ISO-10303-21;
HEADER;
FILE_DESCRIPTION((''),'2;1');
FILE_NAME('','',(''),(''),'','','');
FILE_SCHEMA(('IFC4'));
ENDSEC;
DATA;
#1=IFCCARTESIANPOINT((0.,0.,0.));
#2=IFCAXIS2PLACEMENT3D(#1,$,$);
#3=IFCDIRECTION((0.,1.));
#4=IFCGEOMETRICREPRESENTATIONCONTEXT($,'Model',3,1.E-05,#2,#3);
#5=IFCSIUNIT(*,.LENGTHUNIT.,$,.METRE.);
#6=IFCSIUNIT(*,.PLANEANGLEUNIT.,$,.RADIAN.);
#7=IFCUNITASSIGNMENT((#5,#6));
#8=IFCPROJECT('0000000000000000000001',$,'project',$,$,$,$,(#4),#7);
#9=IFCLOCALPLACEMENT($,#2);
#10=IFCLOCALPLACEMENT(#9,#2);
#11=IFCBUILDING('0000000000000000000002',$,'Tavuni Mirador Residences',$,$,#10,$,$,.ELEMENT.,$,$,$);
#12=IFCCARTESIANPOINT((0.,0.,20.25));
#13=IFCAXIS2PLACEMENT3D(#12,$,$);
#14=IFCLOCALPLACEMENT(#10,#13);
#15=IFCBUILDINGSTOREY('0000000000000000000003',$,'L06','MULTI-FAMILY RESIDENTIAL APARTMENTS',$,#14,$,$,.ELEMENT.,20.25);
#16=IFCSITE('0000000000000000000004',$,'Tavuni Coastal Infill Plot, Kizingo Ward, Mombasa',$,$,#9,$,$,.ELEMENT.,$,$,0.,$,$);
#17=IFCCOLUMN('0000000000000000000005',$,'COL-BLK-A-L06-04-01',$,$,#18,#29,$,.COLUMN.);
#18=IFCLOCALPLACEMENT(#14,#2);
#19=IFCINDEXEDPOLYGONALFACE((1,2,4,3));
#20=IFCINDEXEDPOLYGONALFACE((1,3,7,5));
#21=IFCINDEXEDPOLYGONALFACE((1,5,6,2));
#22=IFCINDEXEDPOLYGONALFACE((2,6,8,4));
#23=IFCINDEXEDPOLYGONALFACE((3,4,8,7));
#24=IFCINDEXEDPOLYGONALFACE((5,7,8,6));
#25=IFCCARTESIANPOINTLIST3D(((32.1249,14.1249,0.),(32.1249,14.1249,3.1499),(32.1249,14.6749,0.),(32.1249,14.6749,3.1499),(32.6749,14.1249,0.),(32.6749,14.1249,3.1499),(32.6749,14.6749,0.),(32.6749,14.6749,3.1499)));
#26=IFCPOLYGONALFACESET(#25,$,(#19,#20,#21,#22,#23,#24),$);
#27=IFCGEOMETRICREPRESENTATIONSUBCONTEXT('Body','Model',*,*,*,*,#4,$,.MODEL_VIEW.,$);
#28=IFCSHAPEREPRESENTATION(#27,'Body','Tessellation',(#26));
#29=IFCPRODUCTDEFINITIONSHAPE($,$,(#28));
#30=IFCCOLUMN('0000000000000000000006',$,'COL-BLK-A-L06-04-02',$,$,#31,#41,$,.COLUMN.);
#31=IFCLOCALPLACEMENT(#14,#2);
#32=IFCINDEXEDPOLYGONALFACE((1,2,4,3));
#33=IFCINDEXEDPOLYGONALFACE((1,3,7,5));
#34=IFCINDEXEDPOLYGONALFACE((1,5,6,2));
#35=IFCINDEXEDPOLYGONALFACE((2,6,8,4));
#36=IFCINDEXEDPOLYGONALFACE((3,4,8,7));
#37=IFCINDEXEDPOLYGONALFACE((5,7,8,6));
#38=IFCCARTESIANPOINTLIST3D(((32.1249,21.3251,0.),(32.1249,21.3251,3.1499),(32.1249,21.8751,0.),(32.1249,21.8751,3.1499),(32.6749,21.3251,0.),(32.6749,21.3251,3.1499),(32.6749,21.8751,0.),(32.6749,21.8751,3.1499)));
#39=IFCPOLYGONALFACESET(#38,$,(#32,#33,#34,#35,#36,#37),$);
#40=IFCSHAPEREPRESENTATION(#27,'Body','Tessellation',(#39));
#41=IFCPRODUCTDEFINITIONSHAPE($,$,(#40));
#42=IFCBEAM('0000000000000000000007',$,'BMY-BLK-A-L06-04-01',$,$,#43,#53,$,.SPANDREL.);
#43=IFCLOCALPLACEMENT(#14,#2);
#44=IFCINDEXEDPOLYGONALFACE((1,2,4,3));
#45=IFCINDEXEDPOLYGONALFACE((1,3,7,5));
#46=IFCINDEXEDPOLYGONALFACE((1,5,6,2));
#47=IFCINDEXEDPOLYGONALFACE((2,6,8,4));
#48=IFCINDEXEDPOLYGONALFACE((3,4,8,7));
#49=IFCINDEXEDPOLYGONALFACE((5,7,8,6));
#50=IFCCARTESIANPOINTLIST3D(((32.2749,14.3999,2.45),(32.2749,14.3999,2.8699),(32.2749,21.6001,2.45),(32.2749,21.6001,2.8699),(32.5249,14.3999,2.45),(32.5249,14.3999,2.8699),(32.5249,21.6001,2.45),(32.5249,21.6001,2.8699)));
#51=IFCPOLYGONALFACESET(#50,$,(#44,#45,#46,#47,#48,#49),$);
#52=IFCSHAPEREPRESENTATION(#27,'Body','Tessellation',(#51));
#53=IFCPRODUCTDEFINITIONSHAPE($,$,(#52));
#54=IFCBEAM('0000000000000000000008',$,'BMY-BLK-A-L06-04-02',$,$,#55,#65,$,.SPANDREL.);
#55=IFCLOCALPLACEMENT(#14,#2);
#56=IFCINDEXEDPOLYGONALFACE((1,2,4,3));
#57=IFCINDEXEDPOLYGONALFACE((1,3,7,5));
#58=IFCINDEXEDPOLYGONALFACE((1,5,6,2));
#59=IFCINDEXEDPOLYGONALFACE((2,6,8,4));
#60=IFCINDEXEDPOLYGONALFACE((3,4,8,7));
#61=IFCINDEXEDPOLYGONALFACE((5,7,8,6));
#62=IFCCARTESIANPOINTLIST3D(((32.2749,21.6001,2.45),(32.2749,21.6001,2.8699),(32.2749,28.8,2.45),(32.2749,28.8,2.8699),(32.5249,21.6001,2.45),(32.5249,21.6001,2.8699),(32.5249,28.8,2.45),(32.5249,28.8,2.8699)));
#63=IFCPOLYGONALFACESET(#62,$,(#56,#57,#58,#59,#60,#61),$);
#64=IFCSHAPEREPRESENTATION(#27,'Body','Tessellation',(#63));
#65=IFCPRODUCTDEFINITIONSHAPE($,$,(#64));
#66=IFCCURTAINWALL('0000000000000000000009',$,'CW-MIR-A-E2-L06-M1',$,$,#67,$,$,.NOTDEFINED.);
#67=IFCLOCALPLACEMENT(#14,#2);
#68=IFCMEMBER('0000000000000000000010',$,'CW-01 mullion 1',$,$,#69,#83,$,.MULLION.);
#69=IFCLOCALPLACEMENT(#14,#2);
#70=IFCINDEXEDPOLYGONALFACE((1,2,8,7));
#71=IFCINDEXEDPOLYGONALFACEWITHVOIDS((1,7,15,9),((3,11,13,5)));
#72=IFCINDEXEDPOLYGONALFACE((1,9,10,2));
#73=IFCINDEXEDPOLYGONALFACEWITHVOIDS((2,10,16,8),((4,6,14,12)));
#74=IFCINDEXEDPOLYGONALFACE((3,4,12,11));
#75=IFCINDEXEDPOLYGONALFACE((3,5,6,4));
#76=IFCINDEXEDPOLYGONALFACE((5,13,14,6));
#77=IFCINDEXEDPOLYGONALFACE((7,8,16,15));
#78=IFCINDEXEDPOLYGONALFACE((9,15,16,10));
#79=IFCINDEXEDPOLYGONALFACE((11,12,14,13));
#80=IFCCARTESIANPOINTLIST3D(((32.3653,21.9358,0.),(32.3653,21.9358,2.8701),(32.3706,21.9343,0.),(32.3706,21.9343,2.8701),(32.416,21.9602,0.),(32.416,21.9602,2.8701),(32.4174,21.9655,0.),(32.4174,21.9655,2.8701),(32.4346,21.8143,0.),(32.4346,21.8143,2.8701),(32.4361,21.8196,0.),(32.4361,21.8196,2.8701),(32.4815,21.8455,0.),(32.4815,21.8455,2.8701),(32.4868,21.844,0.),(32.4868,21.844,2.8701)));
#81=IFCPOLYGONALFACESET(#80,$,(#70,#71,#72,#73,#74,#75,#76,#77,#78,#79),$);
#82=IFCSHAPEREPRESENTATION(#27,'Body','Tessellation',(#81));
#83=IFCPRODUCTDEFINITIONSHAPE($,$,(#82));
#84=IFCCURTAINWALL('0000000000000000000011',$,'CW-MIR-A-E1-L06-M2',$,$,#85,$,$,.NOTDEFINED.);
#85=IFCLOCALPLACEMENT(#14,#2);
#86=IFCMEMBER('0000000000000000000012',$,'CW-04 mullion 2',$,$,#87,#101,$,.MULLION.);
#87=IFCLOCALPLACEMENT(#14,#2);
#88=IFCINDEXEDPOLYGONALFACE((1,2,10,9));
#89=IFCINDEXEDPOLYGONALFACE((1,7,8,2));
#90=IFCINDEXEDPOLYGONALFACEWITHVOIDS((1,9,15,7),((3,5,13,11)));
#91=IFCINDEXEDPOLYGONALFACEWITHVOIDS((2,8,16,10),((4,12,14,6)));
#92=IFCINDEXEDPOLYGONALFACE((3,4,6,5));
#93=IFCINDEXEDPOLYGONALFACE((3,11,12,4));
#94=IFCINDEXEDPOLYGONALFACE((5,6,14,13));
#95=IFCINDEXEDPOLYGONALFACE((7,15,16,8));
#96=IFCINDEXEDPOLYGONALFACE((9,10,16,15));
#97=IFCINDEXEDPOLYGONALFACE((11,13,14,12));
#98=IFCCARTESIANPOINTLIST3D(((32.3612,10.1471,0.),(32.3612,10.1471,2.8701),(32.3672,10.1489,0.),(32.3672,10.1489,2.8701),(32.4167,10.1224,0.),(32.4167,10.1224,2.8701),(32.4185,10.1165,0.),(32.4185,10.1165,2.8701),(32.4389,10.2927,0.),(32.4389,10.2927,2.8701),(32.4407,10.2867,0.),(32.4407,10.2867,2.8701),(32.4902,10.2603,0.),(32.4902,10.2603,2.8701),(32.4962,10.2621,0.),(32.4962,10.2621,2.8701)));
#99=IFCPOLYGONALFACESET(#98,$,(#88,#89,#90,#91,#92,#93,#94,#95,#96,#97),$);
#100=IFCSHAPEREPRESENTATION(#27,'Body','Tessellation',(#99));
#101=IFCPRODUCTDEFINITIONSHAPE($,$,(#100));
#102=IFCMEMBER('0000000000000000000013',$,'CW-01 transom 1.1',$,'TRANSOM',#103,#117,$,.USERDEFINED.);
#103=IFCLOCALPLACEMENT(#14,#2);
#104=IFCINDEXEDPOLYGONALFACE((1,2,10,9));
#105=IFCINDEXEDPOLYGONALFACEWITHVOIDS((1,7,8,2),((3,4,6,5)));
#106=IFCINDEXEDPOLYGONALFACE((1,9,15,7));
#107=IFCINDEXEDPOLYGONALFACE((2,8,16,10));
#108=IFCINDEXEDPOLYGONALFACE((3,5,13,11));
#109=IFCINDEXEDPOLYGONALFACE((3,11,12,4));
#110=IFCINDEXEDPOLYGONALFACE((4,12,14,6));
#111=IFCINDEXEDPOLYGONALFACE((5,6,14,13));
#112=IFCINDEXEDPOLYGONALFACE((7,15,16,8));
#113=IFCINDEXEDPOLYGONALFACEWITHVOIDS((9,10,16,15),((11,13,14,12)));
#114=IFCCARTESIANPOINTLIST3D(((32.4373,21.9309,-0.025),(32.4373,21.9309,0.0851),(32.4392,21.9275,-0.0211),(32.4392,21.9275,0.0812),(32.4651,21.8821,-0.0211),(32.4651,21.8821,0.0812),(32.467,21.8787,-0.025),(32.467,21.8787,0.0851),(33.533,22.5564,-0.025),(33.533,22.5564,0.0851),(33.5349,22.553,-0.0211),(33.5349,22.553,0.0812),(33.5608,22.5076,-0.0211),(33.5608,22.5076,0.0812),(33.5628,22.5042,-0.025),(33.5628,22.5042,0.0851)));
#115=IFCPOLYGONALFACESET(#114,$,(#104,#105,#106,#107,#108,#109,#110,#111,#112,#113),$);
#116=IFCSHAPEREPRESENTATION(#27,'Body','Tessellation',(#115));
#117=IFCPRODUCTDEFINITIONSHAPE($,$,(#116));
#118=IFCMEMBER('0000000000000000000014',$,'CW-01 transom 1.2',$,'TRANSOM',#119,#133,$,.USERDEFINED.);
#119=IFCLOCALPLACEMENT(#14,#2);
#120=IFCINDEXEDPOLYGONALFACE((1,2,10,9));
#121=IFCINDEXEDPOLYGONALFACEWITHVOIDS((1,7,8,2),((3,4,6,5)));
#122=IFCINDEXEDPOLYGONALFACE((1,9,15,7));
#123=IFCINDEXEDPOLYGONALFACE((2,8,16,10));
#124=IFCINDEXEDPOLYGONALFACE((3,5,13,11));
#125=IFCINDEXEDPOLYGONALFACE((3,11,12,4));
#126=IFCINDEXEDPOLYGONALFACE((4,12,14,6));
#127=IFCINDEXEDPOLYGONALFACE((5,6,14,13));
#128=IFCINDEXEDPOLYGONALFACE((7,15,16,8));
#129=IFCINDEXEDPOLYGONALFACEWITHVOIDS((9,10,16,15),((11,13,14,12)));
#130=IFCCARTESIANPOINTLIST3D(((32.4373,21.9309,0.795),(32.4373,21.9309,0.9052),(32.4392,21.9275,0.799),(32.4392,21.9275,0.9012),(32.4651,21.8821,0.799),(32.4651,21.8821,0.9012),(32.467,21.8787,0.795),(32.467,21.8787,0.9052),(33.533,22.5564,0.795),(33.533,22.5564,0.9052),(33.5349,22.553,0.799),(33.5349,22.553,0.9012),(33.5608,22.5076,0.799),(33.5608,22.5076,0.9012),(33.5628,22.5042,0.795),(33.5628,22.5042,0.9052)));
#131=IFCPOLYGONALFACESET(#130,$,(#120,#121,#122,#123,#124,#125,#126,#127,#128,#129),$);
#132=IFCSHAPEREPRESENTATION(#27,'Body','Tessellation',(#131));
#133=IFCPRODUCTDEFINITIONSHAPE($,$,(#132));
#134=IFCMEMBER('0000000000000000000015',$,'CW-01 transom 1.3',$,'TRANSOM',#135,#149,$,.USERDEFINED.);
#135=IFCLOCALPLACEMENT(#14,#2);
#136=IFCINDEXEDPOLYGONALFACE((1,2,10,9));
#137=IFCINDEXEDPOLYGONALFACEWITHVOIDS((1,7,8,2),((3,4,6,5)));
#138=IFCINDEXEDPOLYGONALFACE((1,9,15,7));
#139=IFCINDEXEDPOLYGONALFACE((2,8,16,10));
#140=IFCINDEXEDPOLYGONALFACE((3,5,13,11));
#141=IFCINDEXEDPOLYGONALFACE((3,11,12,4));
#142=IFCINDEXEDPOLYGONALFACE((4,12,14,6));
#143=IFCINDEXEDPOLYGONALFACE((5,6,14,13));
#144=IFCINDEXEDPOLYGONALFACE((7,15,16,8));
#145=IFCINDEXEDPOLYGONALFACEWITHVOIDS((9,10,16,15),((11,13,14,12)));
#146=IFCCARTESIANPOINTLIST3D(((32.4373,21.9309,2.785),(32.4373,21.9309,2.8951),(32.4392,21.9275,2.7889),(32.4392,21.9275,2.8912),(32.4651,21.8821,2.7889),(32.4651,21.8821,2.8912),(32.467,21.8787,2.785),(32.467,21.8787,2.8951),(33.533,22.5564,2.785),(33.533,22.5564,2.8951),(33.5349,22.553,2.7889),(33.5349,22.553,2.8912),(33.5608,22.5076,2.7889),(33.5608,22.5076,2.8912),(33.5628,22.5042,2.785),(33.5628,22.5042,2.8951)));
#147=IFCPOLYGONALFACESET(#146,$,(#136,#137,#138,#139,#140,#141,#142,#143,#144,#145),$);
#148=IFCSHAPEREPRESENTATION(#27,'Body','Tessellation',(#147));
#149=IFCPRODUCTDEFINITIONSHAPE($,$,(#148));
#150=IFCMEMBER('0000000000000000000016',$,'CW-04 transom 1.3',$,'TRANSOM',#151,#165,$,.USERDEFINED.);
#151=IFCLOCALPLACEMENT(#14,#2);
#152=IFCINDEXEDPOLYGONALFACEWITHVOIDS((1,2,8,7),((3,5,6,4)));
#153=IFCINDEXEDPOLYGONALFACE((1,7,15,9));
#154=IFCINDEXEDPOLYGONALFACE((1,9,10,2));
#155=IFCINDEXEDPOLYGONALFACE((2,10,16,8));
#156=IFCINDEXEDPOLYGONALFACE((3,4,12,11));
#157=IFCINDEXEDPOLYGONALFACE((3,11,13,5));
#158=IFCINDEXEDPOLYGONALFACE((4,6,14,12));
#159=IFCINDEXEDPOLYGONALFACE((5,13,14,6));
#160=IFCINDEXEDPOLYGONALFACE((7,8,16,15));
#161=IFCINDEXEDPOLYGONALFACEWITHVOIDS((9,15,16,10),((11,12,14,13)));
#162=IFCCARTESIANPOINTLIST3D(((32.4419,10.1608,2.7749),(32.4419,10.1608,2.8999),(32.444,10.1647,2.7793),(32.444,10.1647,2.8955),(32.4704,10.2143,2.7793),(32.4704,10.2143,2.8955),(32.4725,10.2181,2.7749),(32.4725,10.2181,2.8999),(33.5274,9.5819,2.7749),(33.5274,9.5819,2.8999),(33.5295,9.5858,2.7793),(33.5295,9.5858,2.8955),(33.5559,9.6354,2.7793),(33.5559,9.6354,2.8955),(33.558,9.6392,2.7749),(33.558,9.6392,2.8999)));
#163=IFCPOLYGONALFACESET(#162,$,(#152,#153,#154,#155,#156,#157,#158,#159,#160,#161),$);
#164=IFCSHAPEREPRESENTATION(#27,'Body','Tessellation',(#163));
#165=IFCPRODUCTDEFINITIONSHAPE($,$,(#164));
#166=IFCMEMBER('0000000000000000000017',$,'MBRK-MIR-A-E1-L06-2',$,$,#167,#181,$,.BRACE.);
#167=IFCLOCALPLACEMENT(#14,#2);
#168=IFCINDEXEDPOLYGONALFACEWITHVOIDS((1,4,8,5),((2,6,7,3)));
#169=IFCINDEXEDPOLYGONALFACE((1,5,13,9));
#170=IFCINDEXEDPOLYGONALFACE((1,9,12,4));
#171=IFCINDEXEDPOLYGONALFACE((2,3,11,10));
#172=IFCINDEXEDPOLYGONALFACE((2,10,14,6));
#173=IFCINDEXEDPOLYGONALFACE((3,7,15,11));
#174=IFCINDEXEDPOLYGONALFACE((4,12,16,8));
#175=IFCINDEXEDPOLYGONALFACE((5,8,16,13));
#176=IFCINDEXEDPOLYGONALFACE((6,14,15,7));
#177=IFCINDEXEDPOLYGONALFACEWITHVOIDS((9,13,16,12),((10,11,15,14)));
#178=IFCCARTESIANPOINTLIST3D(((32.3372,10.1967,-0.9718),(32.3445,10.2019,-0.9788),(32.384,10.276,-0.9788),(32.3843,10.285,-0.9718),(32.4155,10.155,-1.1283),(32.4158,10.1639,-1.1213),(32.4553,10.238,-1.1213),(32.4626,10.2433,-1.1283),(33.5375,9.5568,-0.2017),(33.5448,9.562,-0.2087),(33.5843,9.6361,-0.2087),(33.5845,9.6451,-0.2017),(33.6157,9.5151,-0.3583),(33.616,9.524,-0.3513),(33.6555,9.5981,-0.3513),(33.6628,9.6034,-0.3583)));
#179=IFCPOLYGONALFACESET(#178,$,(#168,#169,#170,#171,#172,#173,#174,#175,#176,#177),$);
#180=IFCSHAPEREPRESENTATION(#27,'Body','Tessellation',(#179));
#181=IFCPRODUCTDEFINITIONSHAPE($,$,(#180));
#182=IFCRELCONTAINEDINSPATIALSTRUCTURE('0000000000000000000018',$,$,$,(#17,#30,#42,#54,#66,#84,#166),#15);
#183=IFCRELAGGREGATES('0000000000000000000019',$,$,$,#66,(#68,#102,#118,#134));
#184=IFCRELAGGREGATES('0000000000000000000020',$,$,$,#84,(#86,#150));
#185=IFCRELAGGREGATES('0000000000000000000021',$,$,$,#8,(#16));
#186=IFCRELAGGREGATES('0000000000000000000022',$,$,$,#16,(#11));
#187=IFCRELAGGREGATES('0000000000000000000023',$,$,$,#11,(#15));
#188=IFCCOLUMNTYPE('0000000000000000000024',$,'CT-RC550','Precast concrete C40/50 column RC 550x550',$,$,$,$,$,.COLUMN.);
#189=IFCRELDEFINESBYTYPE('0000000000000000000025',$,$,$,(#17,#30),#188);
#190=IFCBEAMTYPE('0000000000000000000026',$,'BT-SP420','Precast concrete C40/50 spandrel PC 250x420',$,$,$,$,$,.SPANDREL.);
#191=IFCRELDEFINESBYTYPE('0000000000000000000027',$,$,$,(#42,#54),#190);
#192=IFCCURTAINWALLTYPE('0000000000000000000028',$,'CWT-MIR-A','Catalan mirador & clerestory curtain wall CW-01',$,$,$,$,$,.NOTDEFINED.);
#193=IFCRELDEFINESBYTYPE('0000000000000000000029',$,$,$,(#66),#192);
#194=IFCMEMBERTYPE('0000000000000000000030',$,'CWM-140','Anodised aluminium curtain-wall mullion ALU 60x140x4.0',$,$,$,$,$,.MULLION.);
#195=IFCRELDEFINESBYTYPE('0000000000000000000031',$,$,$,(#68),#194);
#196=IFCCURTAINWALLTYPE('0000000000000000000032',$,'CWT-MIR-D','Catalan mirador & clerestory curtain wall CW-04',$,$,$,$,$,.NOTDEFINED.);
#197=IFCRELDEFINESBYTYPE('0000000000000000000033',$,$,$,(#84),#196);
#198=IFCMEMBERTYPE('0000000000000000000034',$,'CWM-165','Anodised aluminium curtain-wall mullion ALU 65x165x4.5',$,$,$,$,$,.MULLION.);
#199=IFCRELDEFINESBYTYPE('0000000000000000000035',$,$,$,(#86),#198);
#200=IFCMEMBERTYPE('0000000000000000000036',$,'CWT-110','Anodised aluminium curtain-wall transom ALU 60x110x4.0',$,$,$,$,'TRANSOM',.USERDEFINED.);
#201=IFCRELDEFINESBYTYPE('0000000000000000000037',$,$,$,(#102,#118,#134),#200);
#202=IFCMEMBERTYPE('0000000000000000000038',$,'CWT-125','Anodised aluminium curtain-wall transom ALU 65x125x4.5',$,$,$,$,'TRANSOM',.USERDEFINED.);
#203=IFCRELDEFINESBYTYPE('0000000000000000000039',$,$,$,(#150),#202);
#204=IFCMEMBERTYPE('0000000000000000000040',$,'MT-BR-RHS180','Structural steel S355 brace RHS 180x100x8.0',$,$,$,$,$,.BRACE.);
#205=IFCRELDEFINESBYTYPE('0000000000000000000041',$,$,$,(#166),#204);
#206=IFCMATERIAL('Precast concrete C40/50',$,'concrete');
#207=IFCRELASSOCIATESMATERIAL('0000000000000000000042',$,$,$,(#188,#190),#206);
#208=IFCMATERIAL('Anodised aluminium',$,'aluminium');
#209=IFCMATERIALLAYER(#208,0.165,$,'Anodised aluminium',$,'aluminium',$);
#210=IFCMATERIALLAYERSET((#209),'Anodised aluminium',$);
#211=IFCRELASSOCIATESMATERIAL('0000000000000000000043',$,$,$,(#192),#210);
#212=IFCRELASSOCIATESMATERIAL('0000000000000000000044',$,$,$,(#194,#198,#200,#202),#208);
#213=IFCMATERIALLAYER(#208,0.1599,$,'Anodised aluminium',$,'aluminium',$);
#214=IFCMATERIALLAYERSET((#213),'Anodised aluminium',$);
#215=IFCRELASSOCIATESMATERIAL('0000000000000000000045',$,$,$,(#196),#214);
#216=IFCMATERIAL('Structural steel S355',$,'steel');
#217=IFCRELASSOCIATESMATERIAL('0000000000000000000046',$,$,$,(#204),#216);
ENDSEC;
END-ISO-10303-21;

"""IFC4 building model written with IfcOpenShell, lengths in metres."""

from ifc_helpers import new_model, si_unit, direction, frame, origin, origin_2d, place, context, subcontext, project, spatial, rectangle, hollow_rectangle, extrude, material, layer, layer_set, material_profile, profile_set, type_object, element, aggregate, save


model = new_model("IFC4")

# Units and contexts
model_context = context("Model", 3, precision=1e-05, world=origin(), true_north=direction((0.0, 1.0)))
body_context = subcontext(model_context, "Body", "Model", "MODEL_VIEW")
ifc_project = project(units=[si_unit("LENGTHUNIT", "METRE"), si_unit("PLANEANGLEUNIT", "RADIAN")], contexts=[model_context])

# Site, building, storey
site_placement = place(None, origin())
site = spatial("IfcSite", under=ifc_project, at=site_placement, Name="Tavuni Coastal Infill Plot, Kizingo Ward, Mombasa", CompositionType="ELEMENT", RefElevation=0.0)
building_placement = place(site_placement, origin())
building = spatial("IfcBuilding", under=site, at=building_placement, Name="Tavuni Mirador Residences", CompositionType="ELEMENT")
storey_placement = place(building_placement, frame((0.0, 0.0, 20.25)))
storey = spatial("IfcBuildingStorey", under=building, at=storey_placement, Name="L06", Description="MULTI-FAMILY RESIDENTIAL APARTMENTS", CompositionType="ELEMENT", Elevation=20.25)

# Columns
ifc_material_1 = material(Name="Precast concrete C40/50", Category="concrete")
ifc_material_profile_1 = material_profile(ifc_material_1, rectangle(XDim=0.55, YDim=0.55, at=origin_2d()), Name="RC 550x550", Category="concrete")
ifc_profile_set_1 = profile_set([ifc_material_profile_1], Name="Precast concrete C40/50")
column_type = type_object("IfcColumnType", Name="CT-RC550", Description="Precast concrete C40/50 column RC 550x550", PredefinedType="COLUMN", material=ifc_profile_set_1)
for number, where, z_axis, x_axis, name in (
    (1, (32.3999, 14.3999, 0.0), (0.0, 0.0, 1.0), (1.0, 0.0, 0.0), "COL-BLK-A-L06-04-01"),
    (2, (32.3999, 21.6001, 0.0), (0.0, 0.0, 1.0), (1.0, 0.0, 0.0), "COL-BLK-A-L06-04-02"),
):
    element("IfcColumn", number, at=place(storey_placement, frame(where, z_axis=z_axis, x_axis=x_axis)), inside=storey, type_object=column_type, Name=name, PredefinedType="COLUMN", context=body_context, shape_type="SweptSolid", body=[
        extrude(rectangle(XDim=0.55, YDim=0.55, at=origin_2d()), origin(), (0.0, 0.0, 1.0), 3.1499),
    ])

# Beams
ifc_material_profile_2 = material_profile(ifc_material_1, rectangle(XDim=0.25, YDim=0.4199, at=origin_2d()), Name="PC 250x420", Category="concrete")
ifc_profile_set_2 = profile_set([ifc_material_profile_2], Name="Precast concrete C40/50")
beam_type = type_object("IfcBeamType", Name="BT-SP420", Description="Precast concrete C40/50 spandrel PC 250x420", PredefinedType="SPANDREL", material=ifc_profile_set_2)
beam_1_placement = place(storey_placement, frame((32.3999, 14.3999, 2.6599), z_axis=(0.0, 1.0, 0.0), x_axis=(-1.0, 0.0, 0.0)))
element("IfcBeam", 3, at=beam_1_placement, inside=storey, type_object=beam_type, Name="BMY-BLK-A-L06-04-01", PredefinedType="SPANDREL", context=body_context, shape_type="SweptSolid", body=[
    extrude(rectangle(XDim=0.25, YDim=0.4199, at=origin_2d()), origin(), (0.0, 0.0, 1.0), 7.2002),
])
beam_2_placement = place(storey_placement, frame((32.3999, 21.6001, 2.6599), z_axis=(0.0, 1.0, 0.0), x_axis=(-1.0, 0.0, 0.0)))
element("IfcBeam", 4, at=beam_2_placement, inside=storey, type_object=beam_type, Name="BMY-BLK-A-L06-04-02", PredefinedType="SPANDREL", context=body_context, shape_type="SweptSolid", body=[
    extrude(rectangle(XDim=0.25, YDim=0.4199, at=origin_2d()), origin(), (0.0, 0.0, 1.0), 7.2),
])

# Curtain walls, members
ifc_material_2 = material(Name="Anodised aluminium", Category="aluminium")
ifc_layer_1 = layer(ifc_material_2, 0.165, Name="Anodised aluminium", Category="aluminium")
ifc_layer_set_1 = layer_set([ifc_layer_1], Name="Anodised aluminium")
curtain_wall_type_1 = type_object("IfcCurtainWallType", Name="CWT-MIR-A", Description="Catalan mirador & clerestory curtain wall CW-01", PredefinedType="NOTDEFINED", material=ifc_layer_set_1)
curtain_wall_1_placement = place(storey_placement, origin())
curtain_wall_1 = element("IfcCurtainWall", 5, at=curtain_wall_1_placement, inside=storey, type_object=curtain_wall_type_1, Name="CW-MIR-A-E2-L06-M1", PredefinedType="NOTDEFINED")
ifc_material_profile_3 = material_profile(ifc_material_2, hollow_rectangle(XDim=0.0601, YDim=0.1399, WallThickness=0.0039, at=origin_2d()), Name="ALU 60x140x4.0", Category="aluminium")
ifc_profile_set_3 = profile_set([ifc_material_profile_3], Name="Anodised aluminium")
member_type_1 = type_object("IfcMemberType", Name="CWM-140", Description="Anodised aluminium curtain-wall mullion ALU 60x140x4.0", PredefinedType="MULLION", material=ifc_profile_set_3)
member_1_placement = place(storey_placement, frame((32.426, 21.8899, 0.0), z_axis=(0.0, 0.0, 1.0), x_axis=(0.868466, 0.495749, 0.0)))
member_1 = element("IfcMember", 6, at=member_1_placement, type_object=member_type_1, Name="CW-01 mullion 1", PredefinedType="MULLION", context=body_context, shape_type="SweptSolid", body=[
    extrude(hollow_rectangle(XDim=0.0601, YDim=0.1399, WallThickness=0.0039, at=origin_2d()), origin(), (0.0, 0.0, 1.0), 2.8701),
])
ifc_layer_2 = layer(ifc_material_2, 0.1599, Name="Anodised aluminium", Category="aluminium")
ifc_layer_set_2 = layer_set([ifc_layer_2], Name="Anodised aluminium")
curtain_wall_type_2 = type_object("IfcCurtainWallType", Name="CWT-MIR-D", Description="Catalan mirador & clerestory curtain wall CW-04", PredefinedType="NOTDEFINED", material=ifc_layer_set_2)
curtain_wall_2_placement = place(storey_placement, origin())
curtain_wall_2 = element("IfcCurtainWall", 7, at=curtain_wall_2_placement, inside=storey, type_object=curtain_wall_type_2, Name="CW-MIR-A-E1-L06-M2", PredefinedType="NOTDEFINED")
ifc_material_profile_4 = material_profile(ifc_material_2, hollow_rectangle(XDim=0.0649, YDim=0.165, WallThickness=0.0044, at=origin_2d()), Name="ALU 65x165x4.5", Category="aluminium")
ifc_profile_set_4 = profile_set([ifc_material_profile_4], Name="Anodised aluminium")
member_type_2 = type_object("IfcMemberType", Name="CWM-165", Description="Anodised aluminium curtain-wall mullion ALU 65x165x4.5", PredefinedType="MULLION", material=ifc_profile_set_4)
member_2_placement = place(storey_placement, frame((32.4287, 10.2046, 0.0), z_axis=(0.0, 0.0, 1.0), x_axis=(-0.882353, 0.470588, 0.0)))
member_2 = element("IfcMember", 8, at=member_2_placement, type_object=member_type_2, Name="CW-04 mullion 2", PredefinedType="MULLION", context=body_context, shape_type="SweptSolid", body=[
    extrude(hollow_rectangle(XDim=0.0649, YDim=0.165, WallThickness=0.0044, at=origin_2d()), origin(), (0.0, 0.0, 1.0), 2.8701),
])

# Members
ifc_material_profile_5 = material_profile(ifc_material_2, hollow_rectangle(XDim=0.0601, YDim=0.1101, WallThickness=0.0039, at=origin_2d()), Name="ALU 60x110x4.0", Category="aluminium")
ifc_profile_set_5 = profile_set([ifc_material_profile_5], Name="Anodised aluminium")
member_type_3 = type_object("IfcMemberType", Name="CWT-110", Description="Anodised aluminium curtain-wall transom ALU 60x110x4.0", ElementType="TRANSOM", PredefinedType="USERDEFINED", material=ifc_profile_set_5)
member_3_placement = place(storey_placement, frame((32.4521, 21.9048, 0.03), z_axis=(0.868457, 0.495764, 0.0), x_axis=(-0.495764, 0.868457, 0.0)))
member_3 = element("IfcMember", 9, at=member_3_placement, type_object=member_type_3, Name="CW-01 transom 1.1", ObjectType="TRANSOM", PredefinedType="USERDEFINED", context=body_context, shape_type="SweptSolid", body=[
    extrude(hollow_rectangle(XDim=0.0601, YDim=0.1101, WallThickness=0.0039, at=origin_2d()), origin(), (0.0, 0.0, 1.0), 1.2617),
])
member_4_placement = place(storey_placement, frame((32.4521, 21.9048, 0.8501), z_axis=(0.868457, 0.495764, 0.0), x_axis=(-0.495764, 0.868457, 0.0)))
member_4 = element("IfcMember", 10, at=member_4_placement, type_object=member_type_3, Name="CW-01 transom 1.2", ObjectType="TRANSOM", PredefinedType="USERDEFINED", context=body_context, shape_type="SweptSolid", body=[
    extrude(hollow_rectangle(XDim=0.0601, YDim=0.1101, WallThickness=0.0039, at=origin_2d()), origin(), (0.0, 0.0, 1.0), 1.2617),
])
member_5_placement = place(storey_placement, frame((32.4521, 21.9048, 2.8401), z_axis=(0.868457, 0.495764, 0.0), x_axis=(-0.495764, 0.868457, 0.0)))
member_5 = element("IfcMember", 11, at=member_5_placement, type_object=member_type_3, Name="CW-01 transom 1.3", ObjectType="TRANSOM", PredefinedType="USERDEFINED", context=body_context, shape_type="SweptSolid", body=[
    extrude(hollow_rectangle(XDim=0.0601, YDim=0.1101, WallThickness=0.0039, at=origin_2d()), origin(), (0.0, 0.0, 1.0), 1.2617),
])
ifc_material_profile_6 = material_profile(ifc_material_2, hollow_rectangle(XDim=0.0649, YDim=0.125, WallThickness=0.0044, at=origin_2d()), Name="ALU 65x125x4.5", Category="aluminium")
ifc_profile_set_6 = profile_set([ifc_material_profile_6], Name="Anodised aluminium")
member_type_4 = type_object("IfcMemberType", Name="CWT-125", Description="Anodised aluminium curtain-wall transom ALU 65x125x4.5", ElementType="TRANSOM", PredefinedType="USERDEFINED", material=ifc_profile_set_6)
member_6_placement = place(storey_placement, frame((33.5427, 9.6106, 2.8374), z_axis=(-0.882369, 0.470557, 0.0), x_axis=(-0.470557, -0.882369, 0.0)))
member_6 = element("IfcMember", 12, at=member_6_placement, type_object=member_type_4, Name="CW-04 transom 1.3", ObjectType="TRANSOM", PredefinedType="USERDEFINED", context=body_context, shape_type="SweptSolid", body=[
    extrude(hollow_rectangle(XDim=0.0649, YDim=0.125, WallThickness=0.0044, at=origin_2d()), origin(), (0.0, 0.0, 1.0), 1.2302),
])

# Member
ifc_material_3 = material(Name="Structural steel S355", Category="steel")
ifc_material_profile_7 = material_profile(ifc_material_3, hollow_rectangle(XDim=0.1001, YDim=0.1799, WallThickness=0.0081, at=origin_2d()), Name="RHS 180x100x8.0", Category="steel")
ifc_profile_set_7 = profile_set([ifc_material_profile_7], Name="Structural steel S355")
member_type_5 = type_object("IfcMemberType", Name="MT-BR-RHS180", Description="Structural steel S355 brace RHS 180x100x8.0", PredefinedType="BRACE", material=ifc_profile_set_7)
member_7_placement = place(storey_placement, frame((32.3999, 10.22, -1.05), z_axis=(0.767896, -0.409409, 0.492666), x_axis=(0.470467, 0.882418, 0.0)))
element("IfcMember", 13, at=member_7_placement, inside=storey, type_object=member_type_5, Name="MBRK-MIR-A-E1-L06-2", PredefinedType="BRACE", context=body_context, shape_type="SweptSolid", body=[
    extrude(hollow_rectangle(XDim=0.1001, YDim=0.1799, WallThickness=0.0081, at=origin_2d()), origin(), (0.0, 0.0, 1.0), 1.563),
])

aggregate(curtain_wall_1, [member_1, member_3, member_4, member_5])
aggregate(curtain_wall_2, [member_2, member_6])

save(model, "model.ifc")
